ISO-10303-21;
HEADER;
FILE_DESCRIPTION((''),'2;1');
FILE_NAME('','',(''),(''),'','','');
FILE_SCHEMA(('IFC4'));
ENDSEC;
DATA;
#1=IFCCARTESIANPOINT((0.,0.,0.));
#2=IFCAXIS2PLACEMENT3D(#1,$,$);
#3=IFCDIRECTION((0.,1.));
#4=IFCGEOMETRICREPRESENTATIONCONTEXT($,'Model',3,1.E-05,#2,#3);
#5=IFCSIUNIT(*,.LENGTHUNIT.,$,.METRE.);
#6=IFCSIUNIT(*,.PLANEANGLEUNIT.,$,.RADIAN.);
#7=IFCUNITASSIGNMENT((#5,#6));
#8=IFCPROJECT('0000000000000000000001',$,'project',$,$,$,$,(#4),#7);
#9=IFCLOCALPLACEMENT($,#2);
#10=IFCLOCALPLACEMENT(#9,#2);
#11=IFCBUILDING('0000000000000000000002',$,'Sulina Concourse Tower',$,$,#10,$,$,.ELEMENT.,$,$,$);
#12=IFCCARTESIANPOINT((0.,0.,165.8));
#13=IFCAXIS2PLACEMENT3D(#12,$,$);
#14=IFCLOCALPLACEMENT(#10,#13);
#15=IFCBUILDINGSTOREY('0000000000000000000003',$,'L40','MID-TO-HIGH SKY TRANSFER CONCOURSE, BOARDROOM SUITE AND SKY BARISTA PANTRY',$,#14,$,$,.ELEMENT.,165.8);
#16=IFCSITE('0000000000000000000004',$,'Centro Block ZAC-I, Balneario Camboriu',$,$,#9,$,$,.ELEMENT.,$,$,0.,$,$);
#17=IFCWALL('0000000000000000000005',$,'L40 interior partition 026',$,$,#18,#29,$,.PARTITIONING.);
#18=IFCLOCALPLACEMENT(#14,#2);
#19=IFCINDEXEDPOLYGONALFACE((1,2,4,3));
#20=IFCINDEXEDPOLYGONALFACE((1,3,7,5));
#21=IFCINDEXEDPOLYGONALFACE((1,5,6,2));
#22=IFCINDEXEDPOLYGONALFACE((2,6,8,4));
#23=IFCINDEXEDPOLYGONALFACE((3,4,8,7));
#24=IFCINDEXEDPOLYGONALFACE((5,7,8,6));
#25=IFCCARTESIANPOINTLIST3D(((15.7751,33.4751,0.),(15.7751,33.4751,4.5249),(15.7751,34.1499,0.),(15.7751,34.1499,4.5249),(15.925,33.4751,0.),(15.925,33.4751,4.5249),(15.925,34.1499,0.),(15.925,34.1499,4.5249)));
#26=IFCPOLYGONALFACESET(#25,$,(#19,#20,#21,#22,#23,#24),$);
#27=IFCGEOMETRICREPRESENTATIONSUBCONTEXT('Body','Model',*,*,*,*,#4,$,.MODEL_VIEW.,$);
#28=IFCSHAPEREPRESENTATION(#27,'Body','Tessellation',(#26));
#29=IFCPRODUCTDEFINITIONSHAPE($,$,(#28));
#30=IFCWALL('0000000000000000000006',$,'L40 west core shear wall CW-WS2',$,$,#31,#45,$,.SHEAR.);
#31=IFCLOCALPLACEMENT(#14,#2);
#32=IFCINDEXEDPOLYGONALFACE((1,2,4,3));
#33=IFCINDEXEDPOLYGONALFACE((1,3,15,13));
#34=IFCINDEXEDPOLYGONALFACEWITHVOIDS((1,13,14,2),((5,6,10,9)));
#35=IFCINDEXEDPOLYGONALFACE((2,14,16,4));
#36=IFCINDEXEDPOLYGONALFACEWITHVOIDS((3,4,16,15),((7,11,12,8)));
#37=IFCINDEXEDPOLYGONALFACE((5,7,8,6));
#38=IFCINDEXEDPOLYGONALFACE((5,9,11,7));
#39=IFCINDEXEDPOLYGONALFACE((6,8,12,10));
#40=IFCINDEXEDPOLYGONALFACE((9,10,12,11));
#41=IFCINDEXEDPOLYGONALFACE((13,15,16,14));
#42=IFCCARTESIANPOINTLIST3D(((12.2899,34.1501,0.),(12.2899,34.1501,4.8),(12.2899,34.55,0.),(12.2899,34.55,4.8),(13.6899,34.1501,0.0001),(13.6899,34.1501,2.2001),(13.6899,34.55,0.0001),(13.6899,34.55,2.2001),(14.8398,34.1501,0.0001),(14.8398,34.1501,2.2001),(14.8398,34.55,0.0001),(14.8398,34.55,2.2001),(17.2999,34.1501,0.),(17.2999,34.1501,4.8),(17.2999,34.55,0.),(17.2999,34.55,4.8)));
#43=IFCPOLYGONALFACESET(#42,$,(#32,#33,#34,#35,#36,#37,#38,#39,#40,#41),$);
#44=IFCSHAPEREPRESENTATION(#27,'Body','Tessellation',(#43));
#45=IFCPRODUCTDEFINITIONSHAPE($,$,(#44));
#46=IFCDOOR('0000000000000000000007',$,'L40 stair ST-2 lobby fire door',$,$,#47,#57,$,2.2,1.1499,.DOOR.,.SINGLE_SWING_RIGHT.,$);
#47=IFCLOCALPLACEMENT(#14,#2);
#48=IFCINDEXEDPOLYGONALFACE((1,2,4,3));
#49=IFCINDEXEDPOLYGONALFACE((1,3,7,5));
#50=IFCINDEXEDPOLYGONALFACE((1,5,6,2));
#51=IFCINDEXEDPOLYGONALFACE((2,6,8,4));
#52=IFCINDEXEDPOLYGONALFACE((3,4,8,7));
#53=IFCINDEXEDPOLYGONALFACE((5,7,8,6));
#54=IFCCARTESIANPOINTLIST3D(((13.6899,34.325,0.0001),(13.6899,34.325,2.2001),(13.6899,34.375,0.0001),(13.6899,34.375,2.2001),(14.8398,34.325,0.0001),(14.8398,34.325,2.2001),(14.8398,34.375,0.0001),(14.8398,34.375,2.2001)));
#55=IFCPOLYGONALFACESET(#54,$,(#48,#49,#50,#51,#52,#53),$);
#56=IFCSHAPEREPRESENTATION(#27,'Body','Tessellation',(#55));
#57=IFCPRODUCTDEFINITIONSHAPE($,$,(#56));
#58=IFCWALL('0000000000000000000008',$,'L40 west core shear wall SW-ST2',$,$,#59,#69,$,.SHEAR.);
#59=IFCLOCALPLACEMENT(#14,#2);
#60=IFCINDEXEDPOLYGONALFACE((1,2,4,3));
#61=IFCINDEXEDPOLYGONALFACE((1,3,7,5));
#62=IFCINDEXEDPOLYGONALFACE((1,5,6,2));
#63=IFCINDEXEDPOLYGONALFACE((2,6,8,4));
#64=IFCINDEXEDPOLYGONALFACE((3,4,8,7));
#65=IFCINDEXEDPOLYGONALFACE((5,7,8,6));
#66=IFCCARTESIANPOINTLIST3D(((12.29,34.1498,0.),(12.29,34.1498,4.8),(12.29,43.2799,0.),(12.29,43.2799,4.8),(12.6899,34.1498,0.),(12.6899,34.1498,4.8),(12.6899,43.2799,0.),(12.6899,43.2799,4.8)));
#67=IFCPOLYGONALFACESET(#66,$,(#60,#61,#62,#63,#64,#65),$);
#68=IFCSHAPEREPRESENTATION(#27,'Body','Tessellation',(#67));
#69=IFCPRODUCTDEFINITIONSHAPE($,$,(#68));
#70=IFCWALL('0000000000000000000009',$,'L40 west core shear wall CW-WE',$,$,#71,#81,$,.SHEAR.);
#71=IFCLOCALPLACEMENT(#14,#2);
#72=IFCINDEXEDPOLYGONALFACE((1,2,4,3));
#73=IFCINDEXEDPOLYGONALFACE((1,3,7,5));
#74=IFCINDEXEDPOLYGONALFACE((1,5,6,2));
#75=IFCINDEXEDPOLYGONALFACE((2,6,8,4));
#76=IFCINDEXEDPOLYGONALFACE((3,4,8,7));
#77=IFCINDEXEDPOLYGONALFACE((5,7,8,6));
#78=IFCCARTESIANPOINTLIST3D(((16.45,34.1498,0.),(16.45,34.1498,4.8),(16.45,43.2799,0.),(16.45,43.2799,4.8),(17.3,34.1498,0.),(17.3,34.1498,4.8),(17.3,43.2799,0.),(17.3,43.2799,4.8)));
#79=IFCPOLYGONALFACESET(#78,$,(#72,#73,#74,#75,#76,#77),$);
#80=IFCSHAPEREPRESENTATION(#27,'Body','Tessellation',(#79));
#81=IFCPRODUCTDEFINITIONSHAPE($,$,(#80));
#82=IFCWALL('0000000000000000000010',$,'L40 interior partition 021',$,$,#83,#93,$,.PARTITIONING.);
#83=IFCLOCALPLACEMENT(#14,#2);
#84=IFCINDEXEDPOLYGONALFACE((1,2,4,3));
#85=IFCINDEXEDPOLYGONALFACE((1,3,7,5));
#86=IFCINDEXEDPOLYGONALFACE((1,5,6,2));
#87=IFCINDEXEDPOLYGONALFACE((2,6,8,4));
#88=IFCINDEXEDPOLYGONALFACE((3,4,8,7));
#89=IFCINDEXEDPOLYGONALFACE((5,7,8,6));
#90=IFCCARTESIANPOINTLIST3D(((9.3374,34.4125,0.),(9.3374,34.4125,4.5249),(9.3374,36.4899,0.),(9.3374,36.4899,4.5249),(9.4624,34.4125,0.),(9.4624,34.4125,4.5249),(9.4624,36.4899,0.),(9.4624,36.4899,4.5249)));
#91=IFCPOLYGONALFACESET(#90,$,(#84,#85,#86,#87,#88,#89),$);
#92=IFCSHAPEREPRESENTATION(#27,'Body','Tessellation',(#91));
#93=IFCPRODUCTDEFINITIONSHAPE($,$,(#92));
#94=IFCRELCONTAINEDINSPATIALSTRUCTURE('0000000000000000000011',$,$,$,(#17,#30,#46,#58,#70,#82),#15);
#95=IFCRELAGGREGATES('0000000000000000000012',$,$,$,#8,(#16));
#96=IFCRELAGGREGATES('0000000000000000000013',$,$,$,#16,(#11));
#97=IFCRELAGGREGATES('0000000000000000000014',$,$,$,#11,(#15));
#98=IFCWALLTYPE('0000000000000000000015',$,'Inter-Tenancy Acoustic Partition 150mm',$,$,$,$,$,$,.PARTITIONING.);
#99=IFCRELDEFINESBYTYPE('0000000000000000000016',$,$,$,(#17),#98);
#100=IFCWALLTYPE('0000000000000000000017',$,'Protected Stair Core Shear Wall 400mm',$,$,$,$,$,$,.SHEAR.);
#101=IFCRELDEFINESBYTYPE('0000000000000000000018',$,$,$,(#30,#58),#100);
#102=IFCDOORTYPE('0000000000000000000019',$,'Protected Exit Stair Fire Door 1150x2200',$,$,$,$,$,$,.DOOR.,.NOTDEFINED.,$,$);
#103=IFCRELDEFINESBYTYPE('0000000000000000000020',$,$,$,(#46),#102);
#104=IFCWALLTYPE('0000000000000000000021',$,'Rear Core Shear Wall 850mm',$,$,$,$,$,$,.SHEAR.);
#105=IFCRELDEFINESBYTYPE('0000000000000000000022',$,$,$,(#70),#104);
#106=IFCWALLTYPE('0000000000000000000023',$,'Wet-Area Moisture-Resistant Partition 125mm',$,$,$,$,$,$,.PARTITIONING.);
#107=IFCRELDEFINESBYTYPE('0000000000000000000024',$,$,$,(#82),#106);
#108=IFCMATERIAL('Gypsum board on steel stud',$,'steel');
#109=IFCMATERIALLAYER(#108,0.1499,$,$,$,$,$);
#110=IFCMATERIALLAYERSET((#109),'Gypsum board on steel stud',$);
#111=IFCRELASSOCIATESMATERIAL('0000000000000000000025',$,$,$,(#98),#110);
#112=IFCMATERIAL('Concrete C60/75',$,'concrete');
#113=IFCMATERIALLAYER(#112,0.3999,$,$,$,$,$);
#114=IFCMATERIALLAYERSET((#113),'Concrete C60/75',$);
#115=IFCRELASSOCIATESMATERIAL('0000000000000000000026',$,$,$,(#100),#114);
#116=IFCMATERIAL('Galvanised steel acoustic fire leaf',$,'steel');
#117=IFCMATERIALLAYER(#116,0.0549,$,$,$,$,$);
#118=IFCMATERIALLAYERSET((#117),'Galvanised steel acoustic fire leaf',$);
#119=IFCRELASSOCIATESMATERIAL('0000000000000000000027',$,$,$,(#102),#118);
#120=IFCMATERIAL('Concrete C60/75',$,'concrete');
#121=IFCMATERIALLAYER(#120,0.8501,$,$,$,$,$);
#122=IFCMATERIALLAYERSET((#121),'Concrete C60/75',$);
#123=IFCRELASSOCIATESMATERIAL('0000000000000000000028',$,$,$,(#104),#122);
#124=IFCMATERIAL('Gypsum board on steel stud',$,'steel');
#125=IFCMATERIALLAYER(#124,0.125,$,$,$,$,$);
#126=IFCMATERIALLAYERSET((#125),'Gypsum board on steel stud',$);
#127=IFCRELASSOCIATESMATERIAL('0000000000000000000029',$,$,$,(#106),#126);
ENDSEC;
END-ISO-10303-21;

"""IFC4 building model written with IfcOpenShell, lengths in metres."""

from ifc_helpers import new_model, si_unit, direction, frame, frame_2d, origin, place, context, subcontext, project, spatial, rectangle, extrude, material, layer, layer_set, type_object, element, fill, save


model = new_model("IFC4")

# Units and contexts
model_context = context("Model", 3, precision=1e-05, world=origin(), true_north=direction((0.0, 1.0)))
body_context = subcontext(model_context, "Body", "Model", "MODEL_VIEW")
ifc_project = project(units=[si_unit("LENGTHUNIT", "METRE"), si_unit("PLANEANGLEUNIT", "RADIAN")], contexts=[model_context])

# Site, building, storey
site_placement = place(None, origin())
site = spatial("IfcSite", under=ifc_project, at=site_placement, Name="Centro Block ZAC-I, Balneario Camboriu", CompositionType="ELEMENT", RefElevation=0.0)
building_placement = place(site_placement, origin())
building = spatial("IfcBuilding", under=site, at=building_placement, Name="Sulina Concourse Tower", CompositionType="ELEMENT")
storey_placement = place(building_placement, frame((0.0, 0.0, 165.8)))
storey = spatial("IfcBuildingStorey", under=building, at=storey_placement, Name="L40", Description="MID-TO-HIGH SKY TRANSFER CONCOURSE, BOARDROOM SUITE AND SKY BARISTA PANTRY", CompositionType="ELEMENT", Elevation=165.8)

# Shared definitions
ifc_material_1 = material(Name="Gypsum board on steel stud", Category="steel")
ifc_layer_1 = layer(ifc_material_1, 0.1499)
ifc_layer_set_1 = layer_set([ifc_layer_1], Name="Gypsum board on steel stud")
wall_type_1 = type_object("IfcWallType", Name="Inter-Tenancy Acoustic Partition 150mm", PredefinedType="PARTITIONING", material=ifc_layer_set_1)

# Wall
wall_1_placement = place(storey_placement, frame((15.8501, 33.4751, 0.0), z_axis=(0.0, 0.0, 1.0), x_axis=(0.0, 1.0, 0.0)))
element("IfcWall", 1, at=wall_1_placement, inside=storey, type_object=wall_type_1, Name="L40 interior partition 026", PredefinedType="PARTITIONING", context=body_context, shape_type="SweptSolid", body=[
    extrude(rectangle(XDim=0.6748, YDim=0.1499, at=frame_2d((0.3374, 0.0))), origin(), (0.0, 0.0, 1.0), 4.5249),
])

# Wall, opening, door
ifc_material_2 = material(Name="Concrete C60/75", Category="concrete")
ifc_layer_2 = layer(ifc_material_2, 0.3999)
ifc_layer_set_2 = layer_set([ifc_layer_2], Name="Concrete C60/75")
wall_type_2 = type_object("IfcWallType", Name="Protected Stair Core Shear Wall 400mm", PredefinedType="SHEAR", material=ifc_layer_set_2)
wall_2_placement = place(storey_placement, frame((12.29, 34.3501, 0.0), z_axis=(0.0, 0.0, 1.0), x_axis=(1.0, 0.0, 0.0)))
wall_2 = element("IfcWall", 2, at=wall_2_placement, inside=storey, type_object=wall_type_2, Name="L40 west core shear wall CW-WS2", PredefinedType="SHEAR", context=body_context, shape_type="SweptSolid", body=[
    extrude(rectangle(XDim=5.01, YDim=0.3999, at=frame_2d((2.5049, 0.0))), origin(), (0.0, 0.0, 1.0), 4.8),
])
opening_1_placement = place(wall_2_placement, frame((1.3999, 0.0, 0.0)))
opening_1 = element("IfcOpeningElement", 3, at=opening_1_placement, cuts=wall_2, PredefinedType="OPENING", context=body_context, shape_type="SweptSolid", body=[
    extrude(rectangle(XDim=1.1499, YDim=2.2, at=frame_2d((0.575, 1.1001))), frame((0.0, 0.21, 0.0), z_axis=(0.0, -1.0, 0.0), x_axis=(1.0, 0.0, 0.0)), (0.0, 0.0, 1.0), 0.4199),
])
ifc_material_3 = material(Name="Galvanised steel acoustic fire leaf", Category="steel")
ifc_layer_3 = layer(ifc_material_3, 0.0549)
ifc_layer_set_3 = layer_set([ifc_layer_3], Name="Galvanised steel acoustic fire leaf")
door_type_1 = type_object("IfcDoorType", Name="Protected Exit Stair Fire Door 1150x2200", OperationType="NOTDEFINED", PredefinedType="DOOR", material=ifc_layer_set_3)
door_1_placement = place(opening_1_placement, origin())
door_1 = element("IfcDoor", 4, at=door_1_placement, inside=storey, type_object=door_type_1, Name="L40 stair ST-2 lobby fire door", OperationType="SINGLE_SWING_RIGHT", OverallHeight=2.2, OverallWidth=1.1499, PredefinedType="DOOR", context=body_context, shape_type="SweptSolid", body=[
    extrude(rectangle(XDim=1.1499, YDim=2.2, at=frame_2d((0.575, 1.1001))), frame((0.0, 0.0249, 0.0), z_axis=(0.0, -1.0, 0.0), x_axis=(1.0, 0.0, 0.0)), (0.0, 0.0, 1.0), 0.05),
])
fill(opening_1, door_1)

# Walls
wall_3_placement = place(storey_placement, frame((12.49, 34.1499, 0.0), z_axis=(0.0, 0.0, 1.0), x_axis=(0.0, 1.0, 0.0)))
element("IfcWall", 5, at=wall_3_placement, inside=storey, type_object=wall_type_2, Name="L40 west core shear wall SW-ST2", PredefinedType="SHEAR", context=body_context, shape_type="SweptSolid", body=[
    extrude(rectangle(XDim=9.1301, YDim=0.3999, at=frame_2d((4.5649, 0.0))), origin(), (0.0, 0.0, 1.0), 4.8),
])
ifc_material_4 = material(Name="Concrete C60/75", Category="concrete")
ifc_layer_4 = layer(ifc_material_4, 0.8501)
ifc_layer_set_4 = layer_set([ifc_layer_4], Name="Concrete C60/75")
wall_type_3 = type_object("IfcWallType", Name="Rear Core Shear Wall 850mm", PredefinedType="SHEAR", material=ifc_layer_set_4)
wall_4_placement = place(storey_placement, frame((16.875, 34.1499, 0.0), z_axis=(0.0, 0.0, 1.0), x_axis=(0.0, 1.0, 0.0)))
element("IfcWall", 6, at=wall_4_placement, inside=storey, type_object=wall_type_3, Name="L40 west core shear wall CW-WE", PredefinedType="SHEAR", context=body_context, shape_type="SweptSolid", body=[
    extrude(rectangle(XDim=9.1301, YDim=0.8501, at=frame_2d((4.5649, 0.0))), origin(), (0.0, 0.0, 1.0), 4.8),
])
ifc_material_5 = material(Name="Gypsum board on steel stud", Category="steel")
ifc_layer_5 = layer(ifc_material_5, 0.125)
ifc_layer_set_5 = layer_set([ifc_layer_5], Name="Gypsum board on steel stud")
wall_type_4 = type_object("IfcWallType", Name="Wet-Area Moisture-Resistant Partition 125mm", PredefinedType="PARTITIONING", material=ifc_layer_set_5)
wall_5_placement = place(storey_placement, frame((9.3999, 34.4126, 0.0), z_axis=(0.0, 0.0, 1.0), x_axis=(0.0, 1.0, 0.0)))
element("IfcWall", 7, at=wall_5_placement, inside=storey, type_object=wall_type_4, Name="L40 interior partition 021", PredefinedType="PARTITIONING", context=body_context, shape_type="SweptSolid", body=[
    extrude(rectangle(XDim=2.0774, YDim=0.125, at=frame_2d((1.0386, 0.0))), origin(), (0.0, 0.0, 1.0), 4.5249),
])

save(model, "model.ifc")
